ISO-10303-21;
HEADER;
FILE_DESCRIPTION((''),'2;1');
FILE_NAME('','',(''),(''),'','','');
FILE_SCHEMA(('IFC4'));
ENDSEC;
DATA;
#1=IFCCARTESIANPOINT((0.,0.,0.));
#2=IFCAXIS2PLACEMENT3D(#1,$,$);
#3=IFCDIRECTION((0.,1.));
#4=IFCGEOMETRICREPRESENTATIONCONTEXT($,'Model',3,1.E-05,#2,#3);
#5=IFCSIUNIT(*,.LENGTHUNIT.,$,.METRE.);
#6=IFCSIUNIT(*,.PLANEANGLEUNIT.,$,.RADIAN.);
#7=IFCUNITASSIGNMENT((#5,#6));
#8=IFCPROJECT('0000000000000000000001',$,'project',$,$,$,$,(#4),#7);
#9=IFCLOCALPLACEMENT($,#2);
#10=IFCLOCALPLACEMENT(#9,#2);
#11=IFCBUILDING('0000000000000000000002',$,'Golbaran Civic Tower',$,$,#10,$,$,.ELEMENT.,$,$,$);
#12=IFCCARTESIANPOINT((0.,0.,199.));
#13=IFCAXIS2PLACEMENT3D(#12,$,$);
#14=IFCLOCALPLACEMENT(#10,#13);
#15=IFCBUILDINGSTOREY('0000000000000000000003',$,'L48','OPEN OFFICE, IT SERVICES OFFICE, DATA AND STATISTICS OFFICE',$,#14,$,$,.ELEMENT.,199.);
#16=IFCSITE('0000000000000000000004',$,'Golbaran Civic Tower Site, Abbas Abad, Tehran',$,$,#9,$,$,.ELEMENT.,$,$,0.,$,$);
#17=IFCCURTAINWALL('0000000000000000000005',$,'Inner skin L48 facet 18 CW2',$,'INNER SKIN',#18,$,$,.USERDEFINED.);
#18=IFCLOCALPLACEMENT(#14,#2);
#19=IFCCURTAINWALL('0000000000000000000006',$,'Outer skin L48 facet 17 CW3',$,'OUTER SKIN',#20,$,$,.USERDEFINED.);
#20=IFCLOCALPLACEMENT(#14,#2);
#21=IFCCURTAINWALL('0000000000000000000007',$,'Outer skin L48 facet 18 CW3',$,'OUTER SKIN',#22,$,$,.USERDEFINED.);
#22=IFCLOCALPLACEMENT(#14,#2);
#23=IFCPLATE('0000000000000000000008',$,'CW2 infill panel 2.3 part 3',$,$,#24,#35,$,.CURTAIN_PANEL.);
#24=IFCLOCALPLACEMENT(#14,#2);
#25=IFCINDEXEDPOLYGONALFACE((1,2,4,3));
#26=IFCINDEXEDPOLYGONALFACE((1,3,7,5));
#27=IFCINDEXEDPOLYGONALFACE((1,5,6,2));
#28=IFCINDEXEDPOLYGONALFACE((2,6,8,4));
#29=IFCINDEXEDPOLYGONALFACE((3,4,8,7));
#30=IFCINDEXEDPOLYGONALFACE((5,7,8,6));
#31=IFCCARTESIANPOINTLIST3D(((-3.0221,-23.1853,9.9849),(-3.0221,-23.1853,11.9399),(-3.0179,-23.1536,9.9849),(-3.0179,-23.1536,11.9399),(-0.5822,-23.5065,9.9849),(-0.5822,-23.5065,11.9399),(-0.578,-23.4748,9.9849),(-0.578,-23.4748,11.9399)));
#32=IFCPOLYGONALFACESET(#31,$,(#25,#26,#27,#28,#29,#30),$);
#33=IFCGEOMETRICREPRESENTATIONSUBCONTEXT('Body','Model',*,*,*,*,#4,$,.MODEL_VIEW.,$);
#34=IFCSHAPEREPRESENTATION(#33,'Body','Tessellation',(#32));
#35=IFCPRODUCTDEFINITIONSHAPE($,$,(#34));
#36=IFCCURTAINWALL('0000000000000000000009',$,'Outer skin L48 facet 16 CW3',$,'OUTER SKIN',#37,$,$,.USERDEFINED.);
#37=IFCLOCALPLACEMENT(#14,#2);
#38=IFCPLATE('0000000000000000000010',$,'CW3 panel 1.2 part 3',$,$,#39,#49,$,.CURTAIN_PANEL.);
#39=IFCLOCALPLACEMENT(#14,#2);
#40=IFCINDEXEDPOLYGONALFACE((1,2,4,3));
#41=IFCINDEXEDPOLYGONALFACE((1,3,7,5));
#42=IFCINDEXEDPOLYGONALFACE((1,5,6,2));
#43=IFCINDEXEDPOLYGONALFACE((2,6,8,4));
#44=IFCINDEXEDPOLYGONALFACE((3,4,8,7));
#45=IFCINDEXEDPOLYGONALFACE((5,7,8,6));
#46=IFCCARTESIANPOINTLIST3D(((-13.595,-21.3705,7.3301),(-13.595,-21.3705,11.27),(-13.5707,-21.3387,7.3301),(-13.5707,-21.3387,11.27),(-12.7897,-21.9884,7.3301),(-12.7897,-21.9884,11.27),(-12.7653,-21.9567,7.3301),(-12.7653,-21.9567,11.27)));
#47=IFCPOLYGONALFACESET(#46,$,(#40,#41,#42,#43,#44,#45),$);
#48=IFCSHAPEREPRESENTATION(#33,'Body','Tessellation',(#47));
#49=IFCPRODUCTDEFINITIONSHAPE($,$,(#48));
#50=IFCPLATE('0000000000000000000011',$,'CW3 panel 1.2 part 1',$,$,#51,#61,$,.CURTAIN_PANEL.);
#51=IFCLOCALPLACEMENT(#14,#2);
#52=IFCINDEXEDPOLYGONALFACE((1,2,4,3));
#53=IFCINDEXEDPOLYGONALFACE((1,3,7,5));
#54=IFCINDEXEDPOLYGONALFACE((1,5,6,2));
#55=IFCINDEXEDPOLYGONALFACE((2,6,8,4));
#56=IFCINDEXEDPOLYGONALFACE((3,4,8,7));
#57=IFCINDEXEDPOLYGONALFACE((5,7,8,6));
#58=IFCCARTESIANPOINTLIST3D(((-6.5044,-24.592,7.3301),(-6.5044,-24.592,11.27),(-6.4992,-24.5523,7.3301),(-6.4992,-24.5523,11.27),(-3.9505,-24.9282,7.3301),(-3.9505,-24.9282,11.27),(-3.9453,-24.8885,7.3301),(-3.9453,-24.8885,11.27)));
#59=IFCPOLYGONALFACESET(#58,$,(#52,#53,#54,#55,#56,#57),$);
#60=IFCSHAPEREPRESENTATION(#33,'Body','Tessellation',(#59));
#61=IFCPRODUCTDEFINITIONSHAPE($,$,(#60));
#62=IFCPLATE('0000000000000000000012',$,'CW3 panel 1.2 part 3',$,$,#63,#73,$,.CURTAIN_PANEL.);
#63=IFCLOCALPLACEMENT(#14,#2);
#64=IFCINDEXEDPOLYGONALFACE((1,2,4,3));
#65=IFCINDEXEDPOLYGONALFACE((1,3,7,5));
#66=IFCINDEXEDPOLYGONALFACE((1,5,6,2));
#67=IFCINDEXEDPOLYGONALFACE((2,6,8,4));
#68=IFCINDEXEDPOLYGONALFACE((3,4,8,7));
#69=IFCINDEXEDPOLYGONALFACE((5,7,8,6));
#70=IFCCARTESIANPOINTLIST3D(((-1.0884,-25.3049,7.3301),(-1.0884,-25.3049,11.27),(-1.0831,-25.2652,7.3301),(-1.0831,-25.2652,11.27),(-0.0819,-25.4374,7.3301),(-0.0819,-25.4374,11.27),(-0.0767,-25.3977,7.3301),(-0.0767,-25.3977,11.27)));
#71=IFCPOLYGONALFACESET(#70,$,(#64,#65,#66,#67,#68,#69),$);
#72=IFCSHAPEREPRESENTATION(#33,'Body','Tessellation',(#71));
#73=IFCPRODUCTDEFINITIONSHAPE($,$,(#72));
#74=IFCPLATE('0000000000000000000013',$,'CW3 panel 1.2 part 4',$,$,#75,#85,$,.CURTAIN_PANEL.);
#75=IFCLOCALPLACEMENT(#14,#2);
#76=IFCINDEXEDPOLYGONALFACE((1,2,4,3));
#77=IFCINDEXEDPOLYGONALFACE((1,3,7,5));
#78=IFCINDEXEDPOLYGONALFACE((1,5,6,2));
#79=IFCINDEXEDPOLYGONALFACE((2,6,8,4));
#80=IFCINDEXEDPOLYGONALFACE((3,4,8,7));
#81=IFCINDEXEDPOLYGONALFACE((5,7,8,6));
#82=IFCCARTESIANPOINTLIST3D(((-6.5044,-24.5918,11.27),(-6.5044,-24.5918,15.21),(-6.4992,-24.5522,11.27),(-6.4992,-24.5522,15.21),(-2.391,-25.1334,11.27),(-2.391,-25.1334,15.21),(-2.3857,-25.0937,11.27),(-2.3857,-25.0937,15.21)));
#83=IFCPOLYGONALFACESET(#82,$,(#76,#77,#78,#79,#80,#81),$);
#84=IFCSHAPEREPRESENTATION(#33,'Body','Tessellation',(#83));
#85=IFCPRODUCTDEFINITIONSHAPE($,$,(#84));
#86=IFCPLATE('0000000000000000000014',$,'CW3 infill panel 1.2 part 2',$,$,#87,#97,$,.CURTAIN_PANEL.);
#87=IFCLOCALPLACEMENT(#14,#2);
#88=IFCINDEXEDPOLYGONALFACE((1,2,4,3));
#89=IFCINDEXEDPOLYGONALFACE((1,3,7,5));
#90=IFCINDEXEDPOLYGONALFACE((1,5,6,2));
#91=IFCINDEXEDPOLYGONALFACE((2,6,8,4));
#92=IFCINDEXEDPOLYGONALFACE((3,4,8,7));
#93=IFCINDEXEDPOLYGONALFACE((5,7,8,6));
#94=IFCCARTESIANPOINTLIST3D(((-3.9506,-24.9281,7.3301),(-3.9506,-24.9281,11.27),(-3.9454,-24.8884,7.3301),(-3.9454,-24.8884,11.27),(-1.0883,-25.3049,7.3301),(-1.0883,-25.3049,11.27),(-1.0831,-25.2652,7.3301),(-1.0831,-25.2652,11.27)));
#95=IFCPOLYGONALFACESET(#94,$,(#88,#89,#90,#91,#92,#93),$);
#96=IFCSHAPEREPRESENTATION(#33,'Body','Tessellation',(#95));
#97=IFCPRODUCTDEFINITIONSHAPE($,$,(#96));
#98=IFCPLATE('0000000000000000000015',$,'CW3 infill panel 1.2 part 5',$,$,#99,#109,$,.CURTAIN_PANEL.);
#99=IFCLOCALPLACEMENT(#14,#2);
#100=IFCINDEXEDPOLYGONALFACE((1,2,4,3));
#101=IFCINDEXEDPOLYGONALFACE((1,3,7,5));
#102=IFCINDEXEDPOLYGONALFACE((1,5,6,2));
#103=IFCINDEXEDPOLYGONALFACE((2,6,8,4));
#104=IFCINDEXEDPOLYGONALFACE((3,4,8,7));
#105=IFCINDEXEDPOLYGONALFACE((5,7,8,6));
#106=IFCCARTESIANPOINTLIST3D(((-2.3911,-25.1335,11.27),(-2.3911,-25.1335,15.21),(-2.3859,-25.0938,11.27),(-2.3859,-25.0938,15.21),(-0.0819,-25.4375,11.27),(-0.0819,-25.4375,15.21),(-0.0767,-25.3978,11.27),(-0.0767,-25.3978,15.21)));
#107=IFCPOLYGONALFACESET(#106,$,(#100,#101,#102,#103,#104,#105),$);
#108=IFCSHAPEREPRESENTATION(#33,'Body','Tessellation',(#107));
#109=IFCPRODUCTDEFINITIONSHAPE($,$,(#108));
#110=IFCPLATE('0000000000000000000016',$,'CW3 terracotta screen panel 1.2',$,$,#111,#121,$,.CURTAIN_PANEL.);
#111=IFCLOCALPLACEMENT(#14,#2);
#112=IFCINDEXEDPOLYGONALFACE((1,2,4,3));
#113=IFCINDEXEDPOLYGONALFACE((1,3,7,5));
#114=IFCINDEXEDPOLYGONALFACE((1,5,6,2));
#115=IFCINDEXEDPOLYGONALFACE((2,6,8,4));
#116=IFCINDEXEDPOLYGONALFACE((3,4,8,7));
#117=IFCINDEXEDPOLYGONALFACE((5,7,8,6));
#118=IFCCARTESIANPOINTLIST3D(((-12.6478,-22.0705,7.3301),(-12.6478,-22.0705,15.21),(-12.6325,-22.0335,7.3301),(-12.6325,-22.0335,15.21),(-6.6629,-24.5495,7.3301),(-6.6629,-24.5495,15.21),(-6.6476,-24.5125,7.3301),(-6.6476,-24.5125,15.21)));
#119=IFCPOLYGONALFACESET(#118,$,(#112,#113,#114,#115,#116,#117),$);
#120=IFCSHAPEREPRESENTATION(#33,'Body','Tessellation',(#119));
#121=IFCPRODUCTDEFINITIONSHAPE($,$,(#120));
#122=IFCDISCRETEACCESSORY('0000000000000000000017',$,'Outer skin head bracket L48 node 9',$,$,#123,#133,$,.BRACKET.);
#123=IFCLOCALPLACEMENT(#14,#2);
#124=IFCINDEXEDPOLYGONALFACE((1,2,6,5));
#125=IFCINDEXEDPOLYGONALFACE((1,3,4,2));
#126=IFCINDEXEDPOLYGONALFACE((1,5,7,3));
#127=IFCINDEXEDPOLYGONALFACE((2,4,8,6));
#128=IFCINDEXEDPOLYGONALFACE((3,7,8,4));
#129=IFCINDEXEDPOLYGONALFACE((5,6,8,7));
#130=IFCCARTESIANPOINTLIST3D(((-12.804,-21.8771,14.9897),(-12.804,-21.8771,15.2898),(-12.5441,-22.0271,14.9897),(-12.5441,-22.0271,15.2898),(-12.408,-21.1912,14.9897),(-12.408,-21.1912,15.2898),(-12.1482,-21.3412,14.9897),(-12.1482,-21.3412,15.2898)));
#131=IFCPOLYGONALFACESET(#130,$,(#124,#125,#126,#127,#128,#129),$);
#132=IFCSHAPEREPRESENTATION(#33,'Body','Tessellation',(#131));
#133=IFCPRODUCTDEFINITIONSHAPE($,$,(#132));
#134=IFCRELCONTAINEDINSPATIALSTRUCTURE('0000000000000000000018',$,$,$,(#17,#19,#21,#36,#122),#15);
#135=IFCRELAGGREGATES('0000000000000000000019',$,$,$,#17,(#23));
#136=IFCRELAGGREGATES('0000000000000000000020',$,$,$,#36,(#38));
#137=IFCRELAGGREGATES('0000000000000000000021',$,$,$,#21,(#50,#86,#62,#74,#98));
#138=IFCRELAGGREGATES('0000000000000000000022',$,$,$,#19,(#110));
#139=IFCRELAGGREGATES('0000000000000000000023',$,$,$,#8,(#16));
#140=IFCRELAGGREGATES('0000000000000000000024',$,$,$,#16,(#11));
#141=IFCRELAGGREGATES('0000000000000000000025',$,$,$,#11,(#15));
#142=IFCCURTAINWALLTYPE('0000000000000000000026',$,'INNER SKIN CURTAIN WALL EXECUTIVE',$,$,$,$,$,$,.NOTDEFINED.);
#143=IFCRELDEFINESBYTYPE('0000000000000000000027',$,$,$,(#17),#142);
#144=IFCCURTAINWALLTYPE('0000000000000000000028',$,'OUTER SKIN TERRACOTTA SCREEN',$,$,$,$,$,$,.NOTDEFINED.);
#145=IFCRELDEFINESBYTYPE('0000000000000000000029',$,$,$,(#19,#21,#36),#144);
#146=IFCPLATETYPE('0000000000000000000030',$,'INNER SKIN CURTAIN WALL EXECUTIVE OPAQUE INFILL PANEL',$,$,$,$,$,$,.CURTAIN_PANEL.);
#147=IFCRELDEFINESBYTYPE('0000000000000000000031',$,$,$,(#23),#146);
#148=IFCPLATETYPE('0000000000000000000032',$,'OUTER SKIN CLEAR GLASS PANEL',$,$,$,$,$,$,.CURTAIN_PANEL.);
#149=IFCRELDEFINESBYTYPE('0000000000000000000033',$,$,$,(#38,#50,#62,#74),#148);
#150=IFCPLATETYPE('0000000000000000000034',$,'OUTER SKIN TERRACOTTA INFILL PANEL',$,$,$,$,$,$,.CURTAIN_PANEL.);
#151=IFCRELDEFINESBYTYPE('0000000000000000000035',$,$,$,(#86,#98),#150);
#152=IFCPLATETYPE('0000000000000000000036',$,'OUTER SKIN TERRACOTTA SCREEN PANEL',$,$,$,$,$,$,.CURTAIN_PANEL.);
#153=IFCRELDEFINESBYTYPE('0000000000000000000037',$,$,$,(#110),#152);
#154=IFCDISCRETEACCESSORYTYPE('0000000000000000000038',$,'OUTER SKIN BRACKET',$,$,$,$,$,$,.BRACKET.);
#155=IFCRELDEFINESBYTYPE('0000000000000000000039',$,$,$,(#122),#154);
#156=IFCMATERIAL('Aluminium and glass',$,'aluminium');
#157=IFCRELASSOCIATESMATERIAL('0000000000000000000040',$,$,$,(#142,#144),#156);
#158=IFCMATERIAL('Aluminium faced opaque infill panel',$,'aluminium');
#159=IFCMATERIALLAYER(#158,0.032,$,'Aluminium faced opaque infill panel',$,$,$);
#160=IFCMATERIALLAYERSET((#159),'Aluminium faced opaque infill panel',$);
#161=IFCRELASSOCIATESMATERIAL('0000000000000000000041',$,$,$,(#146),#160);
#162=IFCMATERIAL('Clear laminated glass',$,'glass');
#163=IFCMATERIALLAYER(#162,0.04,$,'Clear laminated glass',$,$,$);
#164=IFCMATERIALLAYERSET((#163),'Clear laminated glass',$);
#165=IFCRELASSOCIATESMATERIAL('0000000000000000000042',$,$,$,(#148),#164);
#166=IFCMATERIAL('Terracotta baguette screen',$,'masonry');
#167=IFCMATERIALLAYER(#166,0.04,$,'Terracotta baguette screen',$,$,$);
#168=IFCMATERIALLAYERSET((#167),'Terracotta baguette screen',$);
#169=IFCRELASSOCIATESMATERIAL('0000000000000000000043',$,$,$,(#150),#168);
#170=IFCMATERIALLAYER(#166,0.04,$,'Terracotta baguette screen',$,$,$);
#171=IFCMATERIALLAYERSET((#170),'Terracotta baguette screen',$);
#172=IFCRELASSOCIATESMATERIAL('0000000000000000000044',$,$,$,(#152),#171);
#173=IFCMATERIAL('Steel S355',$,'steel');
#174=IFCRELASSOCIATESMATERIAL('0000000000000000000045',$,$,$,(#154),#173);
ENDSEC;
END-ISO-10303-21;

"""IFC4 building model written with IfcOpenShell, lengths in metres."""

from ifc_helpers import new_model, si_unit, direction, frame, origin, origin_2d, place, context, subcontext, project, spatial, rectangle, extrude, material, layer, layer_set, type_object, element, aggregate, save


model = new_model("IFC4")

# Units and contexts
model_context = context("Model", 3, precision=1e-05, world=origin(), true_north=direction((0.0, 1.0)))
body_context = subcontext(model_context, "Body", "Model", "MODEL_VIEW")
ifc_project = project(units=[si_unit("LENGTHUNIT", "METRE"), si_unit("PLANEANGLEUNIT", "RADIAN")], contexts=[model_context])

# Site, building, storey
site_placement = place(None, origin())
site = spatial("IfcSite", under=ifc_project, at=site_placement, Name="Golbaran Civic Tower Site, Abbas Abad, Tehran", CompositionType="ELEMENT", RefElevation=0.0)
building_placement = place(site_placement, origin())
building = spatial("IfcBuilding", under=site, at=building_placement, Name="Golbaran Civic Tower", CompositionType="ELEMENT")
storey_placement = place(building_placement, frame((0.0, 0.0, 199.0)))
storey = spatial("IfcBuildingStorey", under=building, at=storey_placement, Name="L48", Description="OPEN OFFICE, IT SERVICES OFFICE, DATA AND STATISTICS OFFICE", CompositionType="ELEMENT", Elevation=199.0)

# Curtain walls
ifc_material_1 = material(Name="Aluminium and glass", Category="aluminium")
curtain_wall_type_1 = type_object("IfcCurtainWallType", Name="INNER SKIN CURTAIN WALL EXECUTIVE", PredefinedType="NOTDEFINED", material=ifc_material_1)
curtain_wall_1_placement = place(storey_placement, origin())
curtain_wall_1 = element("IfcCurtainWall", 1, at=curtain_wall_1_placement, inside=storey, type_object=curtain_wall_type_1, Name="Inner skin L48 facet 18 CW2", ObjectType="INNER SKIN", PredefinedType="USERDEFINED")
curtain_wall_type_2 = type_object("IfcCurtainWallType", Name="OUTER SKIN TERRACOTTA SCREEN", PredefinedType="NOTDEFINED", material=ifc_material_1)
curtain_wall_2_placement = place(storey_placement, origin())
curtain_wall_2 = element("IfcCurtainWall", 2, at=curtain_wall_2_placement, inside=storey, type_object=curtain_wall_type_2, Name="Outer skin L48 facet 17 CW3", ObjectType="OUTER SKIN", PredefinedType="USERDEFINED")
curtain_wall_3_placement = place(storey_placement, origin())
curtain_wall_3 = element("IfcCurtainWall", 3, at=curtain_wall_3_placement, inside=storey, type_object=curtain_wall_type_2, Name="Outer skin L48 facet 18 CW3", ObjectType="OUTER SKIN", PredefinedType="USERDEFINED")

# Plate
ifc_material_2 = material(Name="Aluminium faced opaque infill panel", Category="aluminium")
ifc_layer_1 = layer(ifc_material_2, 0.032, Name="Aluminium faced opaque infill panel")
ifc_layer_set_1 = layer_set([ifc_layer_1], Name="Aluminium faced opaque infill panel")
plate_type_1 = type_object("IfcPlateType", Name="INNER SKIN CURTAIN WALL EXECUTIVE OPAQUE INFILL PANEL", PredefinedType="CURTAIN_PANEL", material=ifc_layer_set_1)
plate_1_placement = place(storey_placement, frame((-1.8, -23.3301, 9.9849), z_axis=(0.0, 0.0, 1.0), x_axis=(0.991445, -0.130526, 0.0)))
plate_1 = element("IfcPlate", 4, at=plate_1_placement, type_object=plate_type_1, Name="CW2 infill panel 2.3 part 3", PredefinedType="CURTAIN_PANEL", context=body_context, shape_type="SweptSolid", body=[
    extrude(rectangle(XDim=2.4609, YDim=0.032, at=origin_2d()), origin(), (0.0, 0.0, 1.0), 1.9551),
])
aggregate(curtain_wall_1, [plate_1])

# Curtain wall, plate
curtain_wall_4_placement = place(storey_placement, origin())
curtain_wall_4 = element("IfcCurtainWall", 5, at=curtain_wall_4_placement, inside=storey, type_object=curtain_wall_type_2, Name="Outer skin L48 facet 16 CW3", ObjectType="OUTER SKIN", PredefinedType="USERDEFINED")
ifc_material_3 = material(Name="Clear laminated glass", Category="glass")
ifc_layer_2 = layer(ifc_material_3, 0.04, Name="Clear laminated glass")
ifc_layer_set_2 = layer_set([ifc_layer_2], Name="Clear laminated glass")
plate_type_2 = type_object("IfcPlateType", Name="OUTER SKIN CLEAR GLASS PANEL", PredefinedType="CURTAIN_PANEL", material=ifc_layer_set_2)
plate_2_placement = place(storey_placement, frame((-13.1802, -21.6636, 7.3301), z_axis=(0.0, 0.0, 1.0), x_axis=(0.793353, -0.608761, 0.0)))
plate_2 = element("IfcPlate", 6, at=plate_2_placement, type_object=plate_type_2, Name="CW3 panel 1.2 part 3", PredefinedType="CURTAIN_PANEL", context=body_context, shape_type="SweptSolid", body=[
    extrude(rectangle(XDim=1.0151, YDim=0.04, at=origin_2d()), origin(), (0.0, 0.0, 1.0), 3.9399),
])
aggregate(curtain_wall_4, [plate_2])

# Plates
plate_3_placement = place(storey_placement, frame((-5.2249, -24.7402, 7.3301), z_axis=(0.0, 0.0, 1.0), x_axis=(0.991445, -0.130526, 0.0)))
plate_3 = element("IfcPlate", 7, at=plate_3_placement, type_object=plate_type_2, Name="CW3 panel 1.2 part 1", PredefinedType="CURTAIN_PANEL", context=body_context, shape_type="SweptSolid", body=[
    extrude(rectangle(XDim=2.5759, YDim=0.04, at=origin_2d()), origin(), (0.0, 0.0, 1.0), 3.9399),
])
plate_4_placement = place(storey_placement, frame((-0.5825, -25.3513, 7.3301), z_axis=(0.0, 0.0, 1.0), x_axis=(0.991445, -0.130526, 0.0)))
plate_4 = element("IfcPlate", 8, at=plate_4_placement, type_object=plate_type_2, Name="CW3 panel 1.2 part 3", PredefinedType="CURTAIN_PANEL", context=body_context, shape_type="SweptSolid", body=[
    extrude(rectangle(XDim=1.0151, YDim=0.04, at=origin_2d()), origin(), (0.0, 0.0, 1.0), 3.9399),
])
plate_5_placement = place(storey_placement, frame((-4.4451, -24.8428, 11.27), z_axis=(0.0, 0.0, 1.0), x_axis=(0.991445, -0.130526, 0.0)))
plate_5 = element("IfcPlate", 9, at=plate_5_placement, type_object=plate_type_2, Name="CW3 panel 1.2 part 4", PredefinedType="CURTAIN_PANEL", context=body_context, shape_type="SweptSolid", body=[
    extrude(rectangle(XDim=4.1489, YDim=0.04, at=origin_2d()), origin(), (0.0, 0.0, 1.0), 3.9399),
])
ifc_material_4 = material(Name="Terracotta baguette screen", Category="masonry")
ifc_layer_3 = layer(ifc_material_4, 0.04, Name="Terracotta baguette screen")
ifc_layer_set_3 = layer_set([ifc_layer_3], Name="Terracotta baguette screen")
plate_type_3 = type_object("IfcPlateType", Name="OUTER SKIN TERRACOTTA INFILL PANEL", PredefinedType="CURTAIN_PANEL", material=ifc_layer_set_3)
plate_6_placement = place(storey_placement, frame((-2.5168, -25.0967, 7.3301), z_axis=(0.0, 0.0, 1.0), x_axis=(0.991445, -0.130526, 0.0)))
plate_6 = element("IfcPlate", 10, at=plate_6_placement, type_object=plate_type_3, Name="CW3 infill panel 1.2 part 2", PredefinedType="CURTAIN_PANEL", context=body_context, shape_type="SweptSolid", body=[
    extrude(rectangle(XDim=2.887, YDim=0.04, at=origin_2d()), origin(), (0.0, 0.0, 1.0), 3.9399),
])
plate_7_placement = place(storey_placement, frame((-1.2339, -25.2656, 11.27), z_axis=(0.0, 0.0, 1.0), x_axis=(0.991445, -0.130526, 0.0)))
plate_7 = element("IfcPlate", 11, at=plate_7_placement, type_object=plate_type_3, Name="CW3 infill panel 1.2 part 5", PredefinedType="CURTAIN_PANEL", context=body_context, shape_type="SweptSolid", body=[
    extrude(rectangle(XDim=2.3291, YDim=0.04, at=origin_2d()), origin(), (0.0, 0.0, 1.0), 3.9399),
])
aggregate(curtain_wall_3, [plate_3, plate_6, plate_4, plate_5, plate_7])
ifc_layer_4 = layer(ifc_material_4, 0.04, Name="Terracotta baguette screen")
ifc_layer_set_4 = layer_set([ifc_layer_4], Name="Terracotta baguette screen")
plate_type_4 = type_object("IfcPlateType", Name="OUTER SKIN TERRACOTTA SCREEN PANEL", PredefinedType="CURTAIN_PANEL", material=ifc_layer_set_4)
plate_8_placement = place(storey_placement, frame((-9.6477, -23.2915, 7.3301), z_axis=(0.0, 0.0, 1.0), x_axis=(0.92388, -0.382683, 0.0)))
plate_8 = element("IfcPlate", 12, at=plate_8_placement, type_object=plate_type_4, Name="CW3 terracotta screen panel 1.2", PredefinedType="CURTAIN_PANEL", context=body_context, shape_type="SweptSolid", body=[
    extrude(rectangle(XDim=6.478, YDim=0.04, at=origin_2d()), origin(), (0.0, 0.0, 1.0), 7.8799),
])
aggregate(curtain_wall_2, [plate_8])

# Discrete accessory
ifc_material_5 = material(Name="Steel S355", Category="steel")
discrete_accessory_type = type_object("IfcDiscreteAccessoryType", Name="OUTER SKIN BRACKET", PredefinedType="BRACKET", material=ifc_material_5)
discrete_accessory_placement = place(storey_placement, frame((-12.4761, -21.6091, 14.9897), z_axis=(0.0, 0.0, 1.0), x_axis=(-0.5, -0.866025, 0.0)))
element("IfcDiscreteAccessory", 13, at=discrete_accessory_placement, inside=storey, type_object=discrete_accessory_type, Name="Outer skin head bracket L48 node 9", PredefinedType="BRACKET", context=body_context, shape_type="SweptSolid", body=[
    extrude(rectangle(XDim=0.792, YDim=0.3, at=origin_2d()), origin(), (0.0, 0.0, 1.0), 0.3),
])

save(model, "model.ifc")
